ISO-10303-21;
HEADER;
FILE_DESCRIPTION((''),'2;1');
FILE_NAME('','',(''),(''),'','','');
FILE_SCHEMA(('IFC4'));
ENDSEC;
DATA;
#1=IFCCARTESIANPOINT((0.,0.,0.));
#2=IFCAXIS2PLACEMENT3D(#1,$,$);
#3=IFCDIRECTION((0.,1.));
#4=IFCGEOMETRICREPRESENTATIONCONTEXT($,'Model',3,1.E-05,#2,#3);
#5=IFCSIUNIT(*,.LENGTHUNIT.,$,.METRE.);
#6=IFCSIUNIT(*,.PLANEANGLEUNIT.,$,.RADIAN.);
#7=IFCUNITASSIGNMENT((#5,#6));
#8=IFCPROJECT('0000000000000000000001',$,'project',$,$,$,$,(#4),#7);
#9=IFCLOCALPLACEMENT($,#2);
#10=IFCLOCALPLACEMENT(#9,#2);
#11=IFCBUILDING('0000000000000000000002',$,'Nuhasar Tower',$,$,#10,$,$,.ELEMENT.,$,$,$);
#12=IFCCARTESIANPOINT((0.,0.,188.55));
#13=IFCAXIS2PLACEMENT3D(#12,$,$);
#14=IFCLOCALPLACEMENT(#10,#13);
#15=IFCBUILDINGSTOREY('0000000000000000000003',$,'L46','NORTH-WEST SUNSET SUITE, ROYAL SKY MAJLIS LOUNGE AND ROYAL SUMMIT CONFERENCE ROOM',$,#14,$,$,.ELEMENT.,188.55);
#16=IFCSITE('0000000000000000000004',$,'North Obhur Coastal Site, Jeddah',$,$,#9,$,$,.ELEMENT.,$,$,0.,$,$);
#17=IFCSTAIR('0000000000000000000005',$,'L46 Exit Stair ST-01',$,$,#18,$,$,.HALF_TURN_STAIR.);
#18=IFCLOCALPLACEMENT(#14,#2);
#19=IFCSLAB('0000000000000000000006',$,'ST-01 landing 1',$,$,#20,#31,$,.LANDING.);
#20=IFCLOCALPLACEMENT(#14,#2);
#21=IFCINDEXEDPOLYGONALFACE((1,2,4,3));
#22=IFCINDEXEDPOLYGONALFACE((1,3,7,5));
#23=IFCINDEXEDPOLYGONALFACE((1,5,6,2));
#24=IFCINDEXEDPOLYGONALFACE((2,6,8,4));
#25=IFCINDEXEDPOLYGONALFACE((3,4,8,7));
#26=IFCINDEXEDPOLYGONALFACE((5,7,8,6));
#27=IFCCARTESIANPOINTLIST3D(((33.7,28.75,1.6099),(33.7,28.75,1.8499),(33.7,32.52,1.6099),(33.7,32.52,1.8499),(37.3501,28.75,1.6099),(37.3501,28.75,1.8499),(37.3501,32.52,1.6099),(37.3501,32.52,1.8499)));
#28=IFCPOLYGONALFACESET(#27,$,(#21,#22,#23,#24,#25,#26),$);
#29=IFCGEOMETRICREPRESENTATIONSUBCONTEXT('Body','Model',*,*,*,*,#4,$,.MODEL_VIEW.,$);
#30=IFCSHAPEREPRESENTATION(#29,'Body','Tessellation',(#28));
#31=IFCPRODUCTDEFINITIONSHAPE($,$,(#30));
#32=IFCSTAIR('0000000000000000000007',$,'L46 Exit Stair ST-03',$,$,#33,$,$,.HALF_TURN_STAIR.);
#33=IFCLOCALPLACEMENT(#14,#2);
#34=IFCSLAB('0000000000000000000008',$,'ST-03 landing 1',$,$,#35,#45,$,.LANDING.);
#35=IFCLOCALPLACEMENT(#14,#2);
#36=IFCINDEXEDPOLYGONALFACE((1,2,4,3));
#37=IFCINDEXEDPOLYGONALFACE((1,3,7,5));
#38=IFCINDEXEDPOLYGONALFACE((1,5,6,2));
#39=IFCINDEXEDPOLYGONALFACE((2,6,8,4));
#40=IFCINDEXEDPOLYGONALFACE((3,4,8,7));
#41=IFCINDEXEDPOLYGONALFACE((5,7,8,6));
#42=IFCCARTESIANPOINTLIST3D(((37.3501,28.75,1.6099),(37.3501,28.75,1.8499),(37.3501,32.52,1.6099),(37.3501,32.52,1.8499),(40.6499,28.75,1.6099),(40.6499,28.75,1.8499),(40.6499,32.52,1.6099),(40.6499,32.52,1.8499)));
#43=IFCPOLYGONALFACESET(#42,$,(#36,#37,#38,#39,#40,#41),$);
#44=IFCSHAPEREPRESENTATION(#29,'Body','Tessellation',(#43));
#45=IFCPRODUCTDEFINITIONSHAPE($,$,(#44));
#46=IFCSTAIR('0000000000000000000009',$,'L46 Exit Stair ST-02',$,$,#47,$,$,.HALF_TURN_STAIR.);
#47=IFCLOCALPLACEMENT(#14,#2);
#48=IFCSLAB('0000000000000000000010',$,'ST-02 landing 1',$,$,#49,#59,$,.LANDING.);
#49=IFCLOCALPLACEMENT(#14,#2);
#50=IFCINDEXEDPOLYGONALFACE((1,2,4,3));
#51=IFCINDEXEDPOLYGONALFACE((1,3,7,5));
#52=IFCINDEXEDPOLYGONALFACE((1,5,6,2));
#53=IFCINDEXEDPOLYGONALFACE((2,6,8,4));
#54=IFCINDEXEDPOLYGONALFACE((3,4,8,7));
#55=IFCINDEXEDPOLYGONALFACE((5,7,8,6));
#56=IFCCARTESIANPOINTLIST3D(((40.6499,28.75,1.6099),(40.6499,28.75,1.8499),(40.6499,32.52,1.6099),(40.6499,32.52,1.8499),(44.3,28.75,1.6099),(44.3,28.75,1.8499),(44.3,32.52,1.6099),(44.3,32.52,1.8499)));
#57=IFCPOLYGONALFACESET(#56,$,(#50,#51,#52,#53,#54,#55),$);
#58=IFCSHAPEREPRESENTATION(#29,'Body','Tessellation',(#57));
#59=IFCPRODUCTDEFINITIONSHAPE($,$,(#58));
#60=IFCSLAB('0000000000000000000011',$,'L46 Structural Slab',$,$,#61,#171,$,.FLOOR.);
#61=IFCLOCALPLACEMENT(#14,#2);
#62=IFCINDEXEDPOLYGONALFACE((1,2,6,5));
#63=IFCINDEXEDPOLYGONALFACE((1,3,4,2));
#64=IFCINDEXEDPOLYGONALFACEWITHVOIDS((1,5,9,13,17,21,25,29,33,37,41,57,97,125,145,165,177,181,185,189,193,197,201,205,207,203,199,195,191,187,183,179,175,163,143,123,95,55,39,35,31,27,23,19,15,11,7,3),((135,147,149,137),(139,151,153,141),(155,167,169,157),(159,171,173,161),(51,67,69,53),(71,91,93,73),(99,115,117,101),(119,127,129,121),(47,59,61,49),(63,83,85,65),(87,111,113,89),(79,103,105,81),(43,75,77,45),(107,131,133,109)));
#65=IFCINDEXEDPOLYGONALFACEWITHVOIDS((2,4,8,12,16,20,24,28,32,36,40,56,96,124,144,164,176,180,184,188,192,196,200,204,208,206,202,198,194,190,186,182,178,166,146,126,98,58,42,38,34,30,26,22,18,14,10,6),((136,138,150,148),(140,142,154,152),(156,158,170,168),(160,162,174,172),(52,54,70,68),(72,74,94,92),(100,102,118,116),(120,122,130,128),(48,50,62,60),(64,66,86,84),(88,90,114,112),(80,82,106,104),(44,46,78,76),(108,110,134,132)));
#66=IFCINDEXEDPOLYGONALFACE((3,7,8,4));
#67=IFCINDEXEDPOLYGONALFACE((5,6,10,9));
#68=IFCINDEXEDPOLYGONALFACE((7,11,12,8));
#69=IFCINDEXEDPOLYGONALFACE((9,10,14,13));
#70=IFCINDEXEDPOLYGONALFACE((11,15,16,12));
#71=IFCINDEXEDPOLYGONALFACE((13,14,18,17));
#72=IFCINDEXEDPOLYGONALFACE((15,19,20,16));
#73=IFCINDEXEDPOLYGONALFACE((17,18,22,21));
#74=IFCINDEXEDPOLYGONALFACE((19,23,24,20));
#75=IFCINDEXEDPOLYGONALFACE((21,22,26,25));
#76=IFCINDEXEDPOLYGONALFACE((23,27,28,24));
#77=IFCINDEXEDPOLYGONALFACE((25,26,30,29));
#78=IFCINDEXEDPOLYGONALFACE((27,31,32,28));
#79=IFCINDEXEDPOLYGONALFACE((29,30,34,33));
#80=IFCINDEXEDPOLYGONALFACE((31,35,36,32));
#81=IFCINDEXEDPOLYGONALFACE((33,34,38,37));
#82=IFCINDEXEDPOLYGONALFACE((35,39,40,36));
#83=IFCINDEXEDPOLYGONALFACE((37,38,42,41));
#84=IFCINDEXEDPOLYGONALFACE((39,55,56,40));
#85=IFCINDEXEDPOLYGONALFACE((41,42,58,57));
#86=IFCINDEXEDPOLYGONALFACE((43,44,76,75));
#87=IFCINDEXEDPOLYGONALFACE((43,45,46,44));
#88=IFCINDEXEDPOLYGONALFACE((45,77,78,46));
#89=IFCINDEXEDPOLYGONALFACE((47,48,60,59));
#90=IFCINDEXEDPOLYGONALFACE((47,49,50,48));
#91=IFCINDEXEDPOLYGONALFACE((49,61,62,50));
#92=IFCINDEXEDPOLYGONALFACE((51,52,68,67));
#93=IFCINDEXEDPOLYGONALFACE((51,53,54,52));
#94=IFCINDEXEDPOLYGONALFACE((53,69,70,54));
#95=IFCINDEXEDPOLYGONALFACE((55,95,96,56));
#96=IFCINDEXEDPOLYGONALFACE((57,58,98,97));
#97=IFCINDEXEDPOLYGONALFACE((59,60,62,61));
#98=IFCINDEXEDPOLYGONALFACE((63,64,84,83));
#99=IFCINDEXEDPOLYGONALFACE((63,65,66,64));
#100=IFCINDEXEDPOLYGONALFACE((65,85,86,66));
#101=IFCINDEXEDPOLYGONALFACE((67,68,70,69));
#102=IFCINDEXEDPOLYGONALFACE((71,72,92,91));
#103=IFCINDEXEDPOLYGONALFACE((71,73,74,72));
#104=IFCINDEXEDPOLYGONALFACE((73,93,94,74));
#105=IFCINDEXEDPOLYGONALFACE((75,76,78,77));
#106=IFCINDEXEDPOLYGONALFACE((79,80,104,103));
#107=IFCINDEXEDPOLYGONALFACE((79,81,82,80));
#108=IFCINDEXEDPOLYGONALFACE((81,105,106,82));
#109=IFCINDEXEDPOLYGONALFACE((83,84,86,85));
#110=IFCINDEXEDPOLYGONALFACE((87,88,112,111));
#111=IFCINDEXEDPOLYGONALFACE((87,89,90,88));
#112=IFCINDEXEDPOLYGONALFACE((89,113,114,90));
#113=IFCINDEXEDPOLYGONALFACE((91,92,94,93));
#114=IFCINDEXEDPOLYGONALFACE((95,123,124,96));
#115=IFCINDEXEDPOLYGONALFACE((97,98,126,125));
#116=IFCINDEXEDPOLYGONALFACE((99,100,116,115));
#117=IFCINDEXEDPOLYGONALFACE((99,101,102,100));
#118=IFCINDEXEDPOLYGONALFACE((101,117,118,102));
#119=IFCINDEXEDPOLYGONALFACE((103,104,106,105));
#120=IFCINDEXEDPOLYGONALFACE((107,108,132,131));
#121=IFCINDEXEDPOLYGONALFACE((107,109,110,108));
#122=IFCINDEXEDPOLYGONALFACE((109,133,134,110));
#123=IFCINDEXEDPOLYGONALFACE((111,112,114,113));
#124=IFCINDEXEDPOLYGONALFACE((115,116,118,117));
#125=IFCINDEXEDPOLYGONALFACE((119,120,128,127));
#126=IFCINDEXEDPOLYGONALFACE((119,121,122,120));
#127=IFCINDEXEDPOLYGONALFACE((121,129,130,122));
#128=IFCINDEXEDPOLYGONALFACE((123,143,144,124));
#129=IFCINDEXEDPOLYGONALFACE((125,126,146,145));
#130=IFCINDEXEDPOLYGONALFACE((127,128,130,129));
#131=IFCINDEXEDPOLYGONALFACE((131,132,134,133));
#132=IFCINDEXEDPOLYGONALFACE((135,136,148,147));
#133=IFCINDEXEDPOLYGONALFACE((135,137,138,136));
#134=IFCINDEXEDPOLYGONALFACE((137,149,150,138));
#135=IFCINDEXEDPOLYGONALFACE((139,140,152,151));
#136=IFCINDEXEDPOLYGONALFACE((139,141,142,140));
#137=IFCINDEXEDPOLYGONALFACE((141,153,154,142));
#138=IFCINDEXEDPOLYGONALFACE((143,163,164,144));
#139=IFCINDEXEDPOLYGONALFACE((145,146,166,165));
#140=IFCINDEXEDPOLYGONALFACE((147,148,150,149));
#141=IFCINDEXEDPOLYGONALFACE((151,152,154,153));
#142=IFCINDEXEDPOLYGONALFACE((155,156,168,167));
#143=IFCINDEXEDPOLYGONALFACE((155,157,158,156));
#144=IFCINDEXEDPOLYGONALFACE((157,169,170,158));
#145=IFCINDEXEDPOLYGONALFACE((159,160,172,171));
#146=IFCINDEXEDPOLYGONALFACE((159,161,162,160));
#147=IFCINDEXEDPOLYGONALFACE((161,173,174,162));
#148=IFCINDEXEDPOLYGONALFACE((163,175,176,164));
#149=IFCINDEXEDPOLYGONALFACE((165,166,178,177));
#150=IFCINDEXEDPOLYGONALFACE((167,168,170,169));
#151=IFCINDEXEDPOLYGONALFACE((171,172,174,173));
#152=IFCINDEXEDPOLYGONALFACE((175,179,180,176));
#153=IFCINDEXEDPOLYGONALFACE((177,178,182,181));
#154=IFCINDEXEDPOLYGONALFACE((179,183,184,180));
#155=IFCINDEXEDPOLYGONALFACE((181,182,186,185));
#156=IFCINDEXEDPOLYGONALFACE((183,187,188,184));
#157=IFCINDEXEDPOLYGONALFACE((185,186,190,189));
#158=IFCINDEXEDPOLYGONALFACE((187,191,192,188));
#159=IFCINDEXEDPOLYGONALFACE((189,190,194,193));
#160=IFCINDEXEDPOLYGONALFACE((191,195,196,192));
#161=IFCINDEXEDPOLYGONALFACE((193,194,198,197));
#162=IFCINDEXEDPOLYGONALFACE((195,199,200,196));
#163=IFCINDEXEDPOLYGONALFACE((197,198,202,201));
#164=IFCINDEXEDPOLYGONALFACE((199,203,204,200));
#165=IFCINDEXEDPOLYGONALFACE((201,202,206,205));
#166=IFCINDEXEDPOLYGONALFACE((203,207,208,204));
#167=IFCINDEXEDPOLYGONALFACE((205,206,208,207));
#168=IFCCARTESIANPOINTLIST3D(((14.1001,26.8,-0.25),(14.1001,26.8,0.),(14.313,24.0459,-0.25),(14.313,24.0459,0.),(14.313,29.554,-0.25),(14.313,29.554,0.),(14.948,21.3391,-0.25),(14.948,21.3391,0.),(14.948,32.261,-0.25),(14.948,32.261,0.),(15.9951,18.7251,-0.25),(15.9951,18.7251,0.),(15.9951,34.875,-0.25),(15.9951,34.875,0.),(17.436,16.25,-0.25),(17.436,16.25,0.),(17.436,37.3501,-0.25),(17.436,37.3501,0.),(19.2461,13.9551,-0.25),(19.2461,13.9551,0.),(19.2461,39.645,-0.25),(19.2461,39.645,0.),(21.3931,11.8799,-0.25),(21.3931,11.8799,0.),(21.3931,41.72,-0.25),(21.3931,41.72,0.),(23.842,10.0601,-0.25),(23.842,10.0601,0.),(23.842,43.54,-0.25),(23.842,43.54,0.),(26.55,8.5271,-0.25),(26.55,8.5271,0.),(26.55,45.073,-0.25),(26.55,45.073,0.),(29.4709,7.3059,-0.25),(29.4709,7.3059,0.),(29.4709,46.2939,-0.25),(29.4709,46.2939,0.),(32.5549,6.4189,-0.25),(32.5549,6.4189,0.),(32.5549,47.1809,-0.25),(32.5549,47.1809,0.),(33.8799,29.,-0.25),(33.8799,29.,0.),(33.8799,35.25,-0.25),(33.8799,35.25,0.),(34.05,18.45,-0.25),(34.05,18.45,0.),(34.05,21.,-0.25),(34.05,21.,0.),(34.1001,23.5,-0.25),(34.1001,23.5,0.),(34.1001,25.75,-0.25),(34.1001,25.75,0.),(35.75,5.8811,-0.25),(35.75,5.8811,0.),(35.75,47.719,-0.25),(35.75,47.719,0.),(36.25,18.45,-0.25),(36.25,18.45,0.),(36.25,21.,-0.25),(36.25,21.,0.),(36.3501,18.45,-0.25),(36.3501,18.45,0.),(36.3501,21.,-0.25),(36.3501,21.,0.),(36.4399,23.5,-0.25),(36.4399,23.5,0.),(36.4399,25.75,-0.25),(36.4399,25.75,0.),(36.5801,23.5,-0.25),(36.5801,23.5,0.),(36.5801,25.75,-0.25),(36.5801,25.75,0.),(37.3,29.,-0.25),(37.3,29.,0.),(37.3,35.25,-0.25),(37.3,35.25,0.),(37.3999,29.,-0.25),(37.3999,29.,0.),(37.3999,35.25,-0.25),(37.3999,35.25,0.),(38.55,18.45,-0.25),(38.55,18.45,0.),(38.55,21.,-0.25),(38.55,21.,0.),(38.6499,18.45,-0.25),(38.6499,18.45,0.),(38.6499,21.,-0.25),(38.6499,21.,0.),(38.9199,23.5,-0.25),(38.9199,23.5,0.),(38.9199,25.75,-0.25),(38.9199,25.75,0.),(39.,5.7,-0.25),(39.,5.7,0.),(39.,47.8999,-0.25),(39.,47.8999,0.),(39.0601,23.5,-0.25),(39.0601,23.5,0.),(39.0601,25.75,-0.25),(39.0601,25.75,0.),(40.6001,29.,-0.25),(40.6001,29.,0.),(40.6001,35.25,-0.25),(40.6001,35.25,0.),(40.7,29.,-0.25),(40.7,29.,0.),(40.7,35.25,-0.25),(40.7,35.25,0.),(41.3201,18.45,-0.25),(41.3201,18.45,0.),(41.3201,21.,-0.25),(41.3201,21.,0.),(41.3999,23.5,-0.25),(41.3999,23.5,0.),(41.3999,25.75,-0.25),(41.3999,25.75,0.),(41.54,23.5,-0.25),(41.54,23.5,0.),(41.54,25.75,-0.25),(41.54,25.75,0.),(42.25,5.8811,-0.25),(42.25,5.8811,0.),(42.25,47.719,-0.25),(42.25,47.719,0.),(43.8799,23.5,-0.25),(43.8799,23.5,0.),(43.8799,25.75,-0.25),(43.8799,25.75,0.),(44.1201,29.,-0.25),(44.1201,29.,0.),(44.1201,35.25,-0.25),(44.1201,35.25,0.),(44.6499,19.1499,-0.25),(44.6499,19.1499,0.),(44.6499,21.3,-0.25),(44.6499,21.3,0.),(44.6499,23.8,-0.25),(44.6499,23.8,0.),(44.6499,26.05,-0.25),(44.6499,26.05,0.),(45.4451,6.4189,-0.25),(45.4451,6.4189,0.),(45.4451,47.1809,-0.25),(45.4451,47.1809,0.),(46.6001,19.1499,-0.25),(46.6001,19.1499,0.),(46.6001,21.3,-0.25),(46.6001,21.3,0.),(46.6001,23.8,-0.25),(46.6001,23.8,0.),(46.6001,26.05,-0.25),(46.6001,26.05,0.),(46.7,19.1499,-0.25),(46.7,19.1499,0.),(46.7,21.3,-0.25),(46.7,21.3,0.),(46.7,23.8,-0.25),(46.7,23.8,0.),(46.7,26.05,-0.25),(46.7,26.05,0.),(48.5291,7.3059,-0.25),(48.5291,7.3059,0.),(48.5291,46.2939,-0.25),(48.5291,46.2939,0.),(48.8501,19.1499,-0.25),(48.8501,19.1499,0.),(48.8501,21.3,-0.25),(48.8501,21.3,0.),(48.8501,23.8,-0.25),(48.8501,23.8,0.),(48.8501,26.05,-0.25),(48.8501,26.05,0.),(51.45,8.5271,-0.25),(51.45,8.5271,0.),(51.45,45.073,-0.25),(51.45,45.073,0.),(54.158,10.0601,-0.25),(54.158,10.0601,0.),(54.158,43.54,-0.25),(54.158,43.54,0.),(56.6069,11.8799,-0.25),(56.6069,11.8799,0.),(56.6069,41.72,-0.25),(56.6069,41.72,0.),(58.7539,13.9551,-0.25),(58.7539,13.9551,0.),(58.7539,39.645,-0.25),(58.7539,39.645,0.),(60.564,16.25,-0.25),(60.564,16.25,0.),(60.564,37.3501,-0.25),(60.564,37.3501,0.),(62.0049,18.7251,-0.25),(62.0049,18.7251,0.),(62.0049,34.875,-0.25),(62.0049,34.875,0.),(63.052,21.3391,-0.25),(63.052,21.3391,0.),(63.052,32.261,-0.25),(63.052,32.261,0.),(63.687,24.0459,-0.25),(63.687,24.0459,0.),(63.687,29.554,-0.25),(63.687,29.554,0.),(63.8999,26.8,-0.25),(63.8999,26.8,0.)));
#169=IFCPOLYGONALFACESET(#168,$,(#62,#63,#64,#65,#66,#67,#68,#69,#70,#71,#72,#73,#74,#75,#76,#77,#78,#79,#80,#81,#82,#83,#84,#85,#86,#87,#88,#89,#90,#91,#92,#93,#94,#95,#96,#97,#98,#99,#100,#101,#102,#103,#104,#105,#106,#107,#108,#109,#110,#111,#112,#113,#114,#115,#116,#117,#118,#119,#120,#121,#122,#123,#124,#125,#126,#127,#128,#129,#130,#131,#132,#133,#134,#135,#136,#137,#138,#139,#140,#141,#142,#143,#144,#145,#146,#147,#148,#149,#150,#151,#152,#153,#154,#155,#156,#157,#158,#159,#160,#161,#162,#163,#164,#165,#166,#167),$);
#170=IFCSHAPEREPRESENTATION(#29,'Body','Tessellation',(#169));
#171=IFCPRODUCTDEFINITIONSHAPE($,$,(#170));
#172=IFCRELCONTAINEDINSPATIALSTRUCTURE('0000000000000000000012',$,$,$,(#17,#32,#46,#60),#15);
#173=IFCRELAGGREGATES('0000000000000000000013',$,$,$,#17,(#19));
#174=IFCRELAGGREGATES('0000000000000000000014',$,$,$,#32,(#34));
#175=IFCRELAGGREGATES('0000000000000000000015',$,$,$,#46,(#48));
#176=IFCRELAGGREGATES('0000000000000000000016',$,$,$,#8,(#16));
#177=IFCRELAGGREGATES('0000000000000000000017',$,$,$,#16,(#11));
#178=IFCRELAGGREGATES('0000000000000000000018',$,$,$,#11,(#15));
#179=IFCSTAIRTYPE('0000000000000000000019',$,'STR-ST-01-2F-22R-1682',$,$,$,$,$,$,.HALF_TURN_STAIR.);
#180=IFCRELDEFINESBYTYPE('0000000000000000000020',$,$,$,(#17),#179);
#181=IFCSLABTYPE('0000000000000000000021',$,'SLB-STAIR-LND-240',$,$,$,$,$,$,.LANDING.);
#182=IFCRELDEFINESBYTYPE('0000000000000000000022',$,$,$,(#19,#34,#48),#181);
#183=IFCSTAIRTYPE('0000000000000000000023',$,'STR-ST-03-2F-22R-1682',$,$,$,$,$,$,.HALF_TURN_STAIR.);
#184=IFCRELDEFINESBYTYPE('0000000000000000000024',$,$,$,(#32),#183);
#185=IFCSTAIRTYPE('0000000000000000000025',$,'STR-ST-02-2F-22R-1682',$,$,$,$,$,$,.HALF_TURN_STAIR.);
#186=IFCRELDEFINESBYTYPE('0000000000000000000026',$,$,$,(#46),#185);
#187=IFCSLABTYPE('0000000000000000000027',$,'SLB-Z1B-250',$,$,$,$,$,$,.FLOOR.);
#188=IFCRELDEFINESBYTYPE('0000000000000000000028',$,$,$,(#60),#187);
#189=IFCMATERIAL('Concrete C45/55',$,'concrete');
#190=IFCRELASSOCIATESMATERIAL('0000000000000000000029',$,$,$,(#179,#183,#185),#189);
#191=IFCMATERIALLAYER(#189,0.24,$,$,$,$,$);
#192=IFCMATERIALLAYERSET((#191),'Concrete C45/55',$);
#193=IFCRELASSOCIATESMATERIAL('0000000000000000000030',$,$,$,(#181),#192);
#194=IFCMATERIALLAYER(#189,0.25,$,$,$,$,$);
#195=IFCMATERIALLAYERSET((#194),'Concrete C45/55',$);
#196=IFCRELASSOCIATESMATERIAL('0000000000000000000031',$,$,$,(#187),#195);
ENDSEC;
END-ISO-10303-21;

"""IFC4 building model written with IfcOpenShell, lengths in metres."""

from ifc_helpers import new_model, si_unit, direction, frame, origin, place, context, subcontext, project, spatial, polyline, outline, extrude, material, layer, layer_set, type_object, element, aggregate, save


model = new_model("IFC4")

# Units and contexts
model_context = context("Model", 3, precision=1e-05, world=origin(), true_north=direction((0.0, 1.0)))
body_context = subcontext(model_context, "Body", "Model", "MODEL_VIEW")
ifc_project = project(units=[si_unit("LENGTHUNIT", "METRE"), si_unit("PLANEANGLEUNIT", "RADIAN")], contexts=[model_context])

# Site, building, storey
site_placement = place(None, origin())
site = spatial("IfcSite", under=ifc_project, at=site_placement, Name="North Obhur Coastal Site, Jeddah", CompositionType="ELEMENT", RefElevation=0.0)
building_placement = place(site_placement, origin())
building = spatial("IfcBuilding", under=site, at=building_placement, Name="Nuhasar Tower", CompositionType="ELEMENT")
storey_placement = place(building_placement, frame((0.0, 0.0, 188.55)))
storey = spatial("IfcBuildingStorey", under=building, at=storey_placement, Name="L46", Description="NORTH-WEST SUNSET SUITE, ROYAL SKY MAJLIS LOUNGE AND ROYAL SUMMIT CONFERENCE ROOM", CompositionType="ELEMENT", Elevation=188.55)

# Stairs, slabs
ifc_material_1 = material(Name="Concrete C45/55", Category="concrete")
stair_type_1 = type_object("IfcStairType", Name="STR-ST-01-2F-22R-1682", PredefinedType="HALF_TURN_STAIR", material=ifc_material_1)
stair_1_placement = place(storey_placement, origin())
stair_1 = element("IfcStair", 1, at=stair_1_placement, inside=storey, type_object=stair_type_1, Name="L46 Exit Stair ST-01", PredefinedType="HALF_TURN_STAIR")
ifc_layer_1 = layer(ifc_material_1, 0.24)
ifc_layer_set_1 = layer_set([ifc_layer_1], Name="Concrete C45/55")
slab_type_1 = type_object("IfcSlabType", Name="SLB-STAIR-LND-240", PredefinedType="LANDING", material=ifc_layer_set_1)
slab_1_placement = place(storey_placement, frame((0.0, 0.0, 1.6099)))
slab_1 = element("IfcSlab", 2, at=slab_1_placement, type_object=slab_type_1, Name="ST-01 landing 1", PredefinedType="LANDING", context=body_context, shape_type="SweptSolid", body=[
    extrude(outline(polyline([(33.7, 28.75), (37.3501, 28.75), (37.3501, 32.52), (33.7, 32.52), (33.7, 28.75)])), origin(), (0.0, 0.0, 1.0), 0.24),
])
aggregate(stair_1, [slab_1])
stair_type_2 = type_object("IfcStairType", Name="STR-ST-03-2F-22R-1682", PredefinedType="HALF_TURN_STAIR", material=ifc_material_1)
stair_2_placement = place(storey_placement, origin())
stair_2 = element("IfcStair", 3, at=stair_2_placement, inside=storey, type_object=stair_type_2, Name="L46 Exit Stair ST-03", PredefinedType="HALF_TURN_STAIR")
slab_2_placement = place(storey_placement, frame((0.0, 0.0, 1.6099)))
slab_2 = element("IfcSlab", 4, at=slab_2_placement, type_object=slab_type_1, Name="ST-03 landing 1", PredefinedType="LANDING", context=body_context, shape_type="SweptSolid", body=[
    extrude(outline(polyline([(37.3501, 28.75), (40.6499, 28.75), (40.6499, 32.52), (37.3501, 32.52), (37.3501, 28.75)])), origin(), (0.0, 0.0, 1.0), 0.24),
])
aggregate(stair_2, [slab_2])
stair_type_3 = type_object("IfcStairType", Name="STR-ST-02-2F-22R-1682", PredefinedType="HALF_TURN_STAIR", material=ifc_material_1)
stair_3_placement = place(storey_placement, origin())
stair_3 = element("IfcStair", 5, at=stair_3_placement, inside=storey, type_object=stair_type_3, Name="L46 Exit Stair ST-02", PredefinedType="HALF_TURN_STAIR")
slab_3_placement = place(storey_placement, frame((0.0, 0.0, 1.6099)))
slab_3 = element("IfcSlab", 6, at=slab_3_placement, type_object=slab_type_1, Name="ST-02 landing 1", PredefinedType="LANDING", context=body_context, shape_type="SweptSolid", body=[
    extrude(outline(polyline([(40.6499, 28.75), (44.3, 28.75), (44.3, 32.52), (40.6499, 32.52), (40.6499, 28.75)])), origin(), (0.0, 0.0, 1.0), 0.24),
])
aggregate(stair_3, [slab_3])

# Slab
ifc_layer_2 = layer(ifc_material_1, 0.25)
ifc_layer_set_2 = layer_set([ifc_layer_2], Name="Concrete C45/55")
slab_type_2 = type_object("IfcSlabType", Name="SLB-Z1B-250", PredefinedType="FLOOR", material=ifc_layer_set_2)
slab_4_placement = place(storey_placement, frame((0.0, 0.0, -0.25)))
element("IfcSlab", 7, at=slab_4_placement, inside=storey, type_object=slab_type_2, Name="L46 Structural Slab", PredefinedType="FLOOR", context=body_context, shape_type="SweptSolid", body=[
    extrude(outline(polyline([(63.8999, 26.8), (63.687, 29.554), (63.052, 32.261), (62.0049, 34.875), (60.564, 37.3501), (58.7539, 39.645), (56.6069, 41.72), (54.158, 43.54), (51.45, 45.073), (48.5291, 46.2939), (45.4451, 47.1809), (42.25, 47.719), (39.0, 47.8999), (35.75, 47.719), (32.5549, 47.1809), (29.4709, 46.2939), (26.55, 45.073), (23.842, 43.54), (21.3931, 41.72), (19.2461, 39.645), (17.436, 37.3501), (15.9951, 34.875), (14.948, 32.261), (14.313, 29.554), (14.1001, 26.8), (14.313, 24.0459), (14.948, 21.3391), (15.9951, 18.7251), (17.436, 16.25), (19.2461, 13.9551), (21.3931, 11.8799), (23.842, 10.0601), (26.55, 8.5271), (29.4709, 7.3059), (32.5549, 6.4189), (35.75, 5.8811), (39.0, 5.7), (42.25, 5.8811), (45.4451, 6.4189), (48.5291, 7.3059), (51.45, 8.5271), (54.158, 10.0601), (56.6069, 11.8799), (58.7539, 13.9551), (60.564, 16.25), (62.0049, 18.7251), (63.052, 21.3391), (63.687, 24.0459), (63.8999, 26.8)]), holes=[polyline([(33.8799, 35.25), (37.3, 35.25), (37.3, 29.0), (33.8799, 29.0), (33.8799, 35.25)]), polyline([(37.3999, 35.25), (40.6001, 35.25), (40.6001, 29.0), (37.3999, 29.0), (37.3999, 35.25)]), polyline([(40.7, 35.25), (44.1201, 35.25), (44.1201, 29.0), (40.7, 29.0), (40.7, 35.25)]), polyline([(44.6499, 26.05), (46.6001, 26.05), (46.6001, 23.8), (44.6499, 23.8), (44.6499, 26.05)]), polyline([(46.7, 26.05), (48.8501, 26.05), (48.8501, 23.8), (46.7, 23.8), (46.7, 26.05)]), polyline([(44.6499, 21.3), (46.6001, 21.3), (46.6001, 19.1499), (44.6499, 19.1499), (44.6499, 21.3)]), polyline([(46.7, 21.3), (48.8501, 21.3), (48.8501, 19.1499), (46.7, 19.1499), (46.7, 21.3)]), polyline([(34.1001, 25.75), (36.4399, 25.75), (36.4399, 23.5), (34.1001, 23.5), (34.1001, 25.75)]), polyline([(36.5801, 25.75), (38.9199, 25.75), (38.9199, 23.5), (36.5801, 23.5), (36.5801, 25.75)]), polyline([(39.0601, 25.75), (41.3999, 25.75), (41.3999, 23.5), (39.0601, 23.5), (39.0601, 25.75)]), polyline([(41.54, 25.75), (43.8799, 25.75), (43.8799, 23.5), (41.54, 23.5), (41.54, 25.75)]), polyline([(34.05, 21.0), (36.25, 21.0), (36.25, 18.45), (34.05, 18.45), (34.05, 21.0)]), polyline([(36.3501, 21.0), (38.55, 21.0), (38.55, 18.45), (36.3501, 18.45), (36.3501, 21.0)]), polyline([(38.6499, 21.0), (41.3201, 21.0), (41.3201, 18.45), (38.6499, 18.45), (38.6499, 21.0)])]), origin(), (0.0, 0.0, 1.0), 0.25),
])

save(model, "model.ifc")
